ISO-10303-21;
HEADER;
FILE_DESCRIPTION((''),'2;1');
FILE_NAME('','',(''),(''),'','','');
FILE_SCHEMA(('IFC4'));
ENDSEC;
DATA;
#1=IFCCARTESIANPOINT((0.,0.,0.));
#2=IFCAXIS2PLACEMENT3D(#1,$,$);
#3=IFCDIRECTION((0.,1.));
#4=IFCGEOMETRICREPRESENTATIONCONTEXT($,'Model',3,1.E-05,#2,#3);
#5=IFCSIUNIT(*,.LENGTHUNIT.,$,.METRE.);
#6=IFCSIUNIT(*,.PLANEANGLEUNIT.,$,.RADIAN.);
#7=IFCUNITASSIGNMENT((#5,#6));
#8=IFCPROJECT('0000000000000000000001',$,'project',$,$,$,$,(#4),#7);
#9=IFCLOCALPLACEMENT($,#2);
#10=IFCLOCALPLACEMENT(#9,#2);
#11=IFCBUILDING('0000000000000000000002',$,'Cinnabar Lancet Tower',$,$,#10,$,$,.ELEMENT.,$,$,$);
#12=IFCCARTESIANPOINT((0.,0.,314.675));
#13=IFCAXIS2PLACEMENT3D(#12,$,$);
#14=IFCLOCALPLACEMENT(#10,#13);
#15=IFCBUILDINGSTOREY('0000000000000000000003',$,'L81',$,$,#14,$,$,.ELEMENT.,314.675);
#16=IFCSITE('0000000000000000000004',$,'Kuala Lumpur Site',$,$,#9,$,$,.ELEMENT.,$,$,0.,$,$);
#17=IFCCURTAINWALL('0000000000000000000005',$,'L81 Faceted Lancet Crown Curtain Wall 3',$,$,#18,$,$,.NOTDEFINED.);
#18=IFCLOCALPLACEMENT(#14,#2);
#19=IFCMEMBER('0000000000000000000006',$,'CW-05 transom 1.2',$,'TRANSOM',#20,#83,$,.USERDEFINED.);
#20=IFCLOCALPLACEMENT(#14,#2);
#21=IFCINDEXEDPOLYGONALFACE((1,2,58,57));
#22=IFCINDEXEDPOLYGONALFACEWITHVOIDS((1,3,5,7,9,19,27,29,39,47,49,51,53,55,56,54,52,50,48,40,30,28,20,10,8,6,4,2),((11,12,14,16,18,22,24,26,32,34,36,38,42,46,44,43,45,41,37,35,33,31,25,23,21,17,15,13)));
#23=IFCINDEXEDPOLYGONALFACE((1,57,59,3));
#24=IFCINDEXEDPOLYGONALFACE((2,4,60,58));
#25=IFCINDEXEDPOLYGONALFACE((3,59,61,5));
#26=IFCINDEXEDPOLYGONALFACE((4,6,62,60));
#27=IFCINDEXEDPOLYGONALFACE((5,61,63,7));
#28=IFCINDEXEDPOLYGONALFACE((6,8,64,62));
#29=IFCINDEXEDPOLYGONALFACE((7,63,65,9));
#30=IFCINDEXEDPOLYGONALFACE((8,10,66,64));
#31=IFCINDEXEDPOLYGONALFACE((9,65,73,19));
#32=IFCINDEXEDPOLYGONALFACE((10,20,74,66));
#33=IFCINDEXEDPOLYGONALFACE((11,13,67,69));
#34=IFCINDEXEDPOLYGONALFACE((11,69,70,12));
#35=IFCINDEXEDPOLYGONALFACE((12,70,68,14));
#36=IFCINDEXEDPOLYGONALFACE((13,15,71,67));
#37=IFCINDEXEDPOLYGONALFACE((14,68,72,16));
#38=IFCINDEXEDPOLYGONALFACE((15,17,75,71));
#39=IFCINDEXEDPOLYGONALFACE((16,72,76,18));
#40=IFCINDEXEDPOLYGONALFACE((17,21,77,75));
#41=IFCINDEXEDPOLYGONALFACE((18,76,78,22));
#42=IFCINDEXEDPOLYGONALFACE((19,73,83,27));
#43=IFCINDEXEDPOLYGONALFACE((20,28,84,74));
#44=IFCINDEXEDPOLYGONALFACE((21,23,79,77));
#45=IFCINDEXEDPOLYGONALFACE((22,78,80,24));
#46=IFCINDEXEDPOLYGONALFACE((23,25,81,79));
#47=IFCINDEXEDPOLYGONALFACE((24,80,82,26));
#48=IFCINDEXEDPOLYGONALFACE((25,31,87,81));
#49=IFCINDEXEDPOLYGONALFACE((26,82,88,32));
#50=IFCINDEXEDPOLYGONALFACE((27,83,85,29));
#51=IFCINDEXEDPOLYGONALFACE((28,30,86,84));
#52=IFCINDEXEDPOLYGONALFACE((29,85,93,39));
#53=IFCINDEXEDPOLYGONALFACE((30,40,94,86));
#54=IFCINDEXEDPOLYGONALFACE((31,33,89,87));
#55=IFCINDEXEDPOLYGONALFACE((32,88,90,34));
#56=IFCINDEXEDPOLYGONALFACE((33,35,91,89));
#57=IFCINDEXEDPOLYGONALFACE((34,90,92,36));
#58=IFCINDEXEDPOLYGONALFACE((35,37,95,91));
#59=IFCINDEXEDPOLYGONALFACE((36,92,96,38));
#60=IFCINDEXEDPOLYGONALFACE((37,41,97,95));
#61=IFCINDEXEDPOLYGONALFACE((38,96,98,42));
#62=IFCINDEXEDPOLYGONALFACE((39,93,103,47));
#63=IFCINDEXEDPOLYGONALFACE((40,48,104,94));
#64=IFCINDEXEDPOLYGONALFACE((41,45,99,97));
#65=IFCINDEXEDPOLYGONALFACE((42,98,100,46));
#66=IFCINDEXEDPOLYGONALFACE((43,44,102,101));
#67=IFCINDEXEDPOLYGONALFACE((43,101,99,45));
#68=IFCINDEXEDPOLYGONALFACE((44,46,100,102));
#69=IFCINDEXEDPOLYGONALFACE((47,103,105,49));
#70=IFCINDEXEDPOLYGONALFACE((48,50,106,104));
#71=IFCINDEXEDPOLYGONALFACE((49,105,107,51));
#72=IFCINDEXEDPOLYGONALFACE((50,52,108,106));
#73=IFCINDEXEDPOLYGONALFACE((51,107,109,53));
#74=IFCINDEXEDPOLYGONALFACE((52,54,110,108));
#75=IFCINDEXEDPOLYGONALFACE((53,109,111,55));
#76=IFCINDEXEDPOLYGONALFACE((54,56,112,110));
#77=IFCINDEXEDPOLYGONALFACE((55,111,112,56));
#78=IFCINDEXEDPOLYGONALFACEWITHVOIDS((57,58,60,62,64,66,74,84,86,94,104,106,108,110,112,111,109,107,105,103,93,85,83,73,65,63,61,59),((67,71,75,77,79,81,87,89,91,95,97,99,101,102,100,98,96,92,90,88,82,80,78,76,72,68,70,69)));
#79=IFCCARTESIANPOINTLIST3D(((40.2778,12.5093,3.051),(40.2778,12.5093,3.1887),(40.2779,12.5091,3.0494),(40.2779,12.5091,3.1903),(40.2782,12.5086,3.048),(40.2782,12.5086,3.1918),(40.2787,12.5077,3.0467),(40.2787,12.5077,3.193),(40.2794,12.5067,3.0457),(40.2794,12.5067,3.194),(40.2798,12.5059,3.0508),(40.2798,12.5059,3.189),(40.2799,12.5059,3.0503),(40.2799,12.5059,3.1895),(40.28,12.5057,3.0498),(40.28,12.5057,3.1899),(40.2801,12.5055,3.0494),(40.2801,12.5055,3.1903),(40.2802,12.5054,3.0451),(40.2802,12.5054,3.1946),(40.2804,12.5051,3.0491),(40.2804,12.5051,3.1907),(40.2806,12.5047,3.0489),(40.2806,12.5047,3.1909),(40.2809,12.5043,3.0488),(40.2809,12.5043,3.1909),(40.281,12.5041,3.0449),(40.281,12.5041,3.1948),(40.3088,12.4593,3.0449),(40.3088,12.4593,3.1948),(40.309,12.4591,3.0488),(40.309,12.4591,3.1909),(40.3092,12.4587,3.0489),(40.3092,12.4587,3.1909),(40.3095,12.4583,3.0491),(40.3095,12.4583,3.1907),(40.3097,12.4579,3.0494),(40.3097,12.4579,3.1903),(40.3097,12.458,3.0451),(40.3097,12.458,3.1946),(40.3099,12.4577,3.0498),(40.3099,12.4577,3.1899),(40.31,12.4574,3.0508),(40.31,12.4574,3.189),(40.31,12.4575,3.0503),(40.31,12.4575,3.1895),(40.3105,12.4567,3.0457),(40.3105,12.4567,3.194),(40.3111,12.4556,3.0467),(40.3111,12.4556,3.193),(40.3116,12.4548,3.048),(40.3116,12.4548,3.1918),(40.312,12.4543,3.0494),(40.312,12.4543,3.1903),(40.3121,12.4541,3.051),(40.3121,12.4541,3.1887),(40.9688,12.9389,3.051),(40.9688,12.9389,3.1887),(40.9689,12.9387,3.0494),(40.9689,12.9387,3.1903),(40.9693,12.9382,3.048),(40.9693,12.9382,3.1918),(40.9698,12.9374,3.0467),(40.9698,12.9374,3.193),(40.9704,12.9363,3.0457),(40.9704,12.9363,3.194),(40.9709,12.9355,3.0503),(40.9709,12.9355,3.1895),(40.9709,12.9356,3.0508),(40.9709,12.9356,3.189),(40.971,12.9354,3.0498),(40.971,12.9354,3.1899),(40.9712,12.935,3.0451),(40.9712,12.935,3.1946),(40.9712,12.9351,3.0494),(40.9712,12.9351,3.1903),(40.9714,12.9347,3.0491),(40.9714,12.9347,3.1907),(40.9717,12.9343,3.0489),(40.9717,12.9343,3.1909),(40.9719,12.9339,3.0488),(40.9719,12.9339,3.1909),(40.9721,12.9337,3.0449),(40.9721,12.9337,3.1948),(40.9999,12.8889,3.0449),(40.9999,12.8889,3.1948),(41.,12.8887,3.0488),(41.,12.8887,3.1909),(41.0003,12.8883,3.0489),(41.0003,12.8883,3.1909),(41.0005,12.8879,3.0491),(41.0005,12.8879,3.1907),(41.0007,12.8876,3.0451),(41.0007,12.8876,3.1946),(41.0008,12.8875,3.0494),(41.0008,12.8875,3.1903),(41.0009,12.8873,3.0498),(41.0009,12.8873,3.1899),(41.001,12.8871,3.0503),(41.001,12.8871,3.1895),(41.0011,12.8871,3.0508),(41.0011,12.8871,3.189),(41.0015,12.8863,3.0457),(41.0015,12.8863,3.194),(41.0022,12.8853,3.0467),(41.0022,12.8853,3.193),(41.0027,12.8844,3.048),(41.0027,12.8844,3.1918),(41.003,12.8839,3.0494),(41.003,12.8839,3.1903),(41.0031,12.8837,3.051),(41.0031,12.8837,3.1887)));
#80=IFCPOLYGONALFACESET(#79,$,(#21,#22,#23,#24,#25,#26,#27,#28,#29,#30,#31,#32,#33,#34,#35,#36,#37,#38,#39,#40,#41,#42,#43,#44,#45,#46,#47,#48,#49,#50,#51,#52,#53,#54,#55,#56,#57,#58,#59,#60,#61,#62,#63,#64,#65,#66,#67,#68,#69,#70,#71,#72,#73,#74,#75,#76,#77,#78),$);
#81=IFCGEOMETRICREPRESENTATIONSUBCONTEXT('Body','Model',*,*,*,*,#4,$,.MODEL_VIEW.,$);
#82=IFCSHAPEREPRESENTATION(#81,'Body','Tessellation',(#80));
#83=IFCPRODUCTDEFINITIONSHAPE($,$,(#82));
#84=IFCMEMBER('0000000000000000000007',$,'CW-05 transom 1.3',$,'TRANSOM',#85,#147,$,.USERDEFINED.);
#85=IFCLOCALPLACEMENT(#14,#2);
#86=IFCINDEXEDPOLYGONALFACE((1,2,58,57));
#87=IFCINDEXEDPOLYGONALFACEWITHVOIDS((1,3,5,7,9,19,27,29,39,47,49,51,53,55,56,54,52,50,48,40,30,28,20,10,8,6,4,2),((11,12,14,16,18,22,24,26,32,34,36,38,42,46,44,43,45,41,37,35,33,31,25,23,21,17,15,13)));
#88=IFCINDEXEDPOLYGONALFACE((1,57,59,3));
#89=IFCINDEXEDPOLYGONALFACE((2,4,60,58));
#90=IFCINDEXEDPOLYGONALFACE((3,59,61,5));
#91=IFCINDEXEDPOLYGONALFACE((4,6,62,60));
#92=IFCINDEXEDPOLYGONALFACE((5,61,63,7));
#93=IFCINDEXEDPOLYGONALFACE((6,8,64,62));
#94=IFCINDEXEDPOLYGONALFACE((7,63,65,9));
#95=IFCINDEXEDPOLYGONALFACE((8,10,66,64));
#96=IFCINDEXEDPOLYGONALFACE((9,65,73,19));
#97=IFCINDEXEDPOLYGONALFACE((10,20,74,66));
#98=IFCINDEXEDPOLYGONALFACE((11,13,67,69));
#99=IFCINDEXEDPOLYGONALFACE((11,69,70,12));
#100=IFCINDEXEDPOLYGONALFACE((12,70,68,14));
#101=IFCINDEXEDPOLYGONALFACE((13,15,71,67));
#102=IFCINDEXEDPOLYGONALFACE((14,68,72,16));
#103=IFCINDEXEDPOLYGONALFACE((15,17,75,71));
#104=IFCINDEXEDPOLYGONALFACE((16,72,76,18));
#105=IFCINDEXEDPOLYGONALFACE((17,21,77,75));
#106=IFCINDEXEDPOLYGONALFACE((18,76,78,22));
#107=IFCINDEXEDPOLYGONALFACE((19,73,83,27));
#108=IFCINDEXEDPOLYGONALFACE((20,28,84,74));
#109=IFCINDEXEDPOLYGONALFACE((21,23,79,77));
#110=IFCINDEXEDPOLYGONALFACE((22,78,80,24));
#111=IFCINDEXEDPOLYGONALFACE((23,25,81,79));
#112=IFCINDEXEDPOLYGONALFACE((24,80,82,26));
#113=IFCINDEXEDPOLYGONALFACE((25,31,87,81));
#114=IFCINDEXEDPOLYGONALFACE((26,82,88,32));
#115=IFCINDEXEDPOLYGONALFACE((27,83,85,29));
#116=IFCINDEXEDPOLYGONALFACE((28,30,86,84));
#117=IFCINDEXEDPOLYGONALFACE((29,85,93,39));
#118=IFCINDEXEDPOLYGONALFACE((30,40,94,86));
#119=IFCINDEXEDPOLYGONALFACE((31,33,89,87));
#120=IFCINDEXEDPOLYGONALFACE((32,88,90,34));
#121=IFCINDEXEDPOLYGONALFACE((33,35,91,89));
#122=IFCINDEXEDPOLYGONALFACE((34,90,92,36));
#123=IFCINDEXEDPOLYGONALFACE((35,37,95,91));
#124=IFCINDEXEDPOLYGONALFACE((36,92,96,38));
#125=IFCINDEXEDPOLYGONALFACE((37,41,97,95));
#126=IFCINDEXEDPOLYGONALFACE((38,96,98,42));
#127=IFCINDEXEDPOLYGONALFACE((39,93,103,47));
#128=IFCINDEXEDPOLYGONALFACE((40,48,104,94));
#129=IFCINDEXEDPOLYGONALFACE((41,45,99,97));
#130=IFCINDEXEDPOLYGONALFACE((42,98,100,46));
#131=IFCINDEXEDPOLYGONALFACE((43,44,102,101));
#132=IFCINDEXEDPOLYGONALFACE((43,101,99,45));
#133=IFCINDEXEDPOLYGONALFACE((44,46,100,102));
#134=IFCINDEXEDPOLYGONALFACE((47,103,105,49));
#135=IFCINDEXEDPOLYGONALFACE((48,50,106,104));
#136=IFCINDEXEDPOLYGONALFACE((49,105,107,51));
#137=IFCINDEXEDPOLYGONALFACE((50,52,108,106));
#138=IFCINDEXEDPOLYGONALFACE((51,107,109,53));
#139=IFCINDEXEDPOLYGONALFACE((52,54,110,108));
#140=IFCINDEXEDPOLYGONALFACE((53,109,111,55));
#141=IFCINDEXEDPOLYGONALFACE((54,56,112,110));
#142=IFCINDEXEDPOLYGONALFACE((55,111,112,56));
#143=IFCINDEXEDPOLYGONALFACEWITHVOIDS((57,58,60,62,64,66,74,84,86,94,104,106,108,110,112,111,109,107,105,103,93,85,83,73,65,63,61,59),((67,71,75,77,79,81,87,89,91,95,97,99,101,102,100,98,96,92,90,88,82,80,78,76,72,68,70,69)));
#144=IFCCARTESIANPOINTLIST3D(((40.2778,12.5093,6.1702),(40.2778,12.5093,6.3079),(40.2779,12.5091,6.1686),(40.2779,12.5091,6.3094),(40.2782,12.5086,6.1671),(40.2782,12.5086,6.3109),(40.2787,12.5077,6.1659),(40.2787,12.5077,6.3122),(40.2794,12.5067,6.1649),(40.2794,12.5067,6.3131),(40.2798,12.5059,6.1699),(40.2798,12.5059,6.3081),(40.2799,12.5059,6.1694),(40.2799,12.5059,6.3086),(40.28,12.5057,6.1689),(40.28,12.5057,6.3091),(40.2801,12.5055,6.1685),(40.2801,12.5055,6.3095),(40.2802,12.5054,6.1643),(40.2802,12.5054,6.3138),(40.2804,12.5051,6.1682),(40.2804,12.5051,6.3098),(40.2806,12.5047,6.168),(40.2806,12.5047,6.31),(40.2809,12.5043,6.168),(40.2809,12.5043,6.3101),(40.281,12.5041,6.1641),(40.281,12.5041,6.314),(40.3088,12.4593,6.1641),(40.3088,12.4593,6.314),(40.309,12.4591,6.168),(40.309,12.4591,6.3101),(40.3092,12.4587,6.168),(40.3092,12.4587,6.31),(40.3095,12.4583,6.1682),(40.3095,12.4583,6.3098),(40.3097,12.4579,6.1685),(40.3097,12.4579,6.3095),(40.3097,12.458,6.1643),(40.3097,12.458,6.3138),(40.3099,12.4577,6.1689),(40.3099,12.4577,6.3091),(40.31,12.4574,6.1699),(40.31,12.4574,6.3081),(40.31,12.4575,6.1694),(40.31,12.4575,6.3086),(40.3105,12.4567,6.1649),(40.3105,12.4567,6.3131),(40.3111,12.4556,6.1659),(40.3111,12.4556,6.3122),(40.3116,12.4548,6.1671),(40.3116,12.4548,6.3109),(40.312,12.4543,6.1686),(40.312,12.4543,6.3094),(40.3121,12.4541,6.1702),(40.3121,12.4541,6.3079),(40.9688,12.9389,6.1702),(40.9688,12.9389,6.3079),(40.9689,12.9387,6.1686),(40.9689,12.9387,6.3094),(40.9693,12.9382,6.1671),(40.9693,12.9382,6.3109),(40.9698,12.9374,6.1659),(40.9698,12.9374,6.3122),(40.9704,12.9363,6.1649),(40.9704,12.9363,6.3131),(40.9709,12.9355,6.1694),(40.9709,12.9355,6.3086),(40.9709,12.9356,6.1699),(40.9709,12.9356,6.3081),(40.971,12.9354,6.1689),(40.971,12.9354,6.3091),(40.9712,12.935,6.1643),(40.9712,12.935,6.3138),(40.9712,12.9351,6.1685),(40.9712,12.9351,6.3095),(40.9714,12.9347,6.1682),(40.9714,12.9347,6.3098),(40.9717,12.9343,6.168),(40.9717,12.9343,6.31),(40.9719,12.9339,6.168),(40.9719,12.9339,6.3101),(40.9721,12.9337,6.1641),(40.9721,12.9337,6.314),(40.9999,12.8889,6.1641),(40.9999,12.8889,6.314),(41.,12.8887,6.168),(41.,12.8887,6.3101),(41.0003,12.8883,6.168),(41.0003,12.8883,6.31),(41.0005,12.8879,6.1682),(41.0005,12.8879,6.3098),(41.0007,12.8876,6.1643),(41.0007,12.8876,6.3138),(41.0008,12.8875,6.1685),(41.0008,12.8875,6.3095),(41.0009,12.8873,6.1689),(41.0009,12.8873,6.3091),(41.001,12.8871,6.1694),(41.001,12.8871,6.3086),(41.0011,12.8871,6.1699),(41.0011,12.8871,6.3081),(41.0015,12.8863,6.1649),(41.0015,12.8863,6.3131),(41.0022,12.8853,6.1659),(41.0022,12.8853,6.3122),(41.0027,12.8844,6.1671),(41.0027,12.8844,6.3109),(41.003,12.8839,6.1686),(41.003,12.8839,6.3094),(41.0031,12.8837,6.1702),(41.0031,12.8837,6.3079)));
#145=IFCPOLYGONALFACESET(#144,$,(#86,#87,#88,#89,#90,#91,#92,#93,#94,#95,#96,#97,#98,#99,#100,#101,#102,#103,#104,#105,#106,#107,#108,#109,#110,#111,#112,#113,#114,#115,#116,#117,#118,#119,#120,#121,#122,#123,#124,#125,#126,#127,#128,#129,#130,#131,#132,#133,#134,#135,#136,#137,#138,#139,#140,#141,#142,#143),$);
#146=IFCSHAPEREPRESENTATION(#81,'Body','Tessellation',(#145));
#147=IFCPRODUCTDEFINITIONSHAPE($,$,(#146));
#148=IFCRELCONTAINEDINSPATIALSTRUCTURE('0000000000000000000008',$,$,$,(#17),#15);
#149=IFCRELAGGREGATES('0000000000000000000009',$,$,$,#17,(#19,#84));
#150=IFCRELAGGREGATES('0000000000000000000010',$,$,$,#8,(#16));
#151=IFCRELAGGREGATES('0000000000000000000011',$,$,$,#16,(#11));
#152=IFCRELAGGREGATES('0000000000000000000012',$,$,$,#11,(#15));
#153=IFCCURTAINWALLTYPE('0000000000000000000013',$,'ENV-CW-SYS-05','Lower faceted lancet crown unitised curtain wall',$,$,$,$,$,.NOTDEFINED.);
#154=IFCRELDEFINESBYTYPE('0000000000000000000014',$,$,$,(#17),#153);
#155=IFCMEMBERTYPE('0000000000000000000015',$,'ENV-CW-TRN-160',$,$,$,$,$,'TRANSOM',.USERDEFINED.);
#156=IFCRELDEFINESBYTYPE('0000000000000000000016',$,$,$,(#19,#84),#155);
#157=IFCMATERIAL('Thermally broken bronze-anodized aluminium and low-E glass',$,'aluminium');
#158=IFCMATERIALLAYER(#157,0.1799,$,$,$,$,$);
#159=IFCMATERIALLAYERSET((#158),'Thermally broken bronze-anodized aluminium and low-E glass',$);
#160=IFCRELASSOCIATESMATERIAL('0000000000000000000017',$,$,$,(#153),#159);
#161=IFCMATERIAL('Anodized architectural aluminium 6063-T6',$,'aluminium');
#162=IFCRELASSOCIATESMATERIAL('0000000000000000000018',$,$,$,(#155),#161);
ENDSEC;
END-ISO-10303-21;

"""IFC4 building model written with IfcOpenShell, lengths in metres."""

from ifc_helpers import new_model, si_unit, direction, frame, origin, origin_2d, place, context, subcontext, project, spatial, hollow_rectangle, extrude, material, layer, layer_set, material_profile, profile_set, type_object, element, aggregate, save


model = new_model("IFC4")

# Units and contexts
model_context = context("Model", 3, precision=1e-05, world=origin(), true_north=direction((0.0, 1.0)))
body_context = subcontext(model_context, "Body", "Model", "MODEL_VIEW")
ifc_project = project(units=[si_unit("LENGTHUNIT", "METRE"), si_unit("PLANEANGLEUNIT", "RADIAN")], contexts=[model_context])

# Site, building, storey
site_placement = place(None, origin())
site = spatial("IfcSite", under=ifc_project, at=site_placement, Name="Kuala Lumpur Site", CompositionType="ELEMENT", RefElevation=0.0)
building_placement = place(site_placement, origin())
building = spatial("IfcBuilding", under=site, at=building_placement, Name="Cinnabar Lancet Tower", CompositionType="ELEMENT")
storey_placement = place(building_placement, frame((0.0, 0.0, 314.675)))
storey = spatial("IfcBuildingStorey", under=building, at=storey_placement, Name="L81", CompositionType="ELEMENT", Elevation=314.675)

# Curtain wall
ifc_material_1 = material(Name="Thermally broken bronze-anodized aluminium and low-E glass", Category="aluminium")
ifc_layer_1 = layer(ifc_material_1, 0.1799)
ifc_layer_set_1 = layer_set([ifc_layer_1], Name="Thermally broken bronze-anodized aluminium and low-E glass")
curtain_wall_type = type_object("IfcCurtainWallType", Name="ENV-CW-SYS-05", Description="Lower faceted lancet crown unitised curtain wall", PredefinedType="NOTDEFINED", material=ifc_layer_set_1)
curtain_wall_1_placement = place(storey_placement, origin())
curtain_wall_1 = element("IfcCurtainWall", 1, at=curtain_wall_1_placement, inside=storey, type_object=curtain_wall_type, Name="L81 Faceted Lancet Crown Curtain Wall 3", PredefinedType="NOTDEFINED")

# Members
ifc_material_2 = material(Name="Anodized architectural aluminium 6063-T6", Category="aluminium")
ifc_material_profile_1 = material_profile(ifc_material_2, hollow_rectangle(XDim=0.0649, YDim=0.1499, WallThickness=0.0039, InnerFilletRadius=0.002, OuterFilletRadius=0.0061, at=origin_2d()), Name="CW-TRN 150x65x4")
ifc_profile_set_1 = profile_set([ifc_material_profile_1], Name="Anodized architectural aluminium 6063-T6")
member_type_1 = type_object("IfcMemberType", Name="ENV-CW-TRN-160", ElementType="TRANSOM", PredefinedType="USERDEFINED", material=ifc_profile_set_1)
member_1_placement = place(storey_placement, frame((40.2949, 12.4817, 3.1199), z_axis=(0.84926, 0.527975, 0.0), x_axis=(-0.527975, 0.84926, 0.0)))
member_1 = element("IfcMember", 2, at=member_1_placement, type_object=member_type_1, Name="CW-05 transom 1.2", ObjectType="TRANSOM", PredefinedType="USERDEFINED", context=body_context, shape_type="SweptSolid", body=[
    extrude(hollow_rectangle(XDim=0.0649, YDim=0.1499, WallThickness=0.0039, InnerFilletRadius=0.002, OuterFilletRadius=0.0061, at=origin_2d()), origin(), (0.0, 0.0, 1.0), 0.8137),
])
member_2_placement = place(storey_placement, frame((40.2949, 12.4817, 6.239), z_axis=(0.84926, 0.527975, 0.0), x_axis=(-0.527975, 0.84926, 0.0)))
member_2 = element("IfcMember", 3, at=member_2_placement, type_object=member_type_1, Name="CW-05 transom 1.3", ObjectType="TRANSOM", PredefinedType="USERDEFINED", context=body_context, shape_type="SweptSolid", body=[
    extrude(hollow_rectangle(XDim=0.0649, YDim=0.1499, WallThickness=0.0039, InnerFilletRadius=0.002, OuterFilletRadius=0.0061, at=origin_2d()), origin(), (0.0, 0.0, 1.0), 0.8137),
])

aggregate(curtain_wall_1, [member_1, member_2])

save(model, "model.ifc")
